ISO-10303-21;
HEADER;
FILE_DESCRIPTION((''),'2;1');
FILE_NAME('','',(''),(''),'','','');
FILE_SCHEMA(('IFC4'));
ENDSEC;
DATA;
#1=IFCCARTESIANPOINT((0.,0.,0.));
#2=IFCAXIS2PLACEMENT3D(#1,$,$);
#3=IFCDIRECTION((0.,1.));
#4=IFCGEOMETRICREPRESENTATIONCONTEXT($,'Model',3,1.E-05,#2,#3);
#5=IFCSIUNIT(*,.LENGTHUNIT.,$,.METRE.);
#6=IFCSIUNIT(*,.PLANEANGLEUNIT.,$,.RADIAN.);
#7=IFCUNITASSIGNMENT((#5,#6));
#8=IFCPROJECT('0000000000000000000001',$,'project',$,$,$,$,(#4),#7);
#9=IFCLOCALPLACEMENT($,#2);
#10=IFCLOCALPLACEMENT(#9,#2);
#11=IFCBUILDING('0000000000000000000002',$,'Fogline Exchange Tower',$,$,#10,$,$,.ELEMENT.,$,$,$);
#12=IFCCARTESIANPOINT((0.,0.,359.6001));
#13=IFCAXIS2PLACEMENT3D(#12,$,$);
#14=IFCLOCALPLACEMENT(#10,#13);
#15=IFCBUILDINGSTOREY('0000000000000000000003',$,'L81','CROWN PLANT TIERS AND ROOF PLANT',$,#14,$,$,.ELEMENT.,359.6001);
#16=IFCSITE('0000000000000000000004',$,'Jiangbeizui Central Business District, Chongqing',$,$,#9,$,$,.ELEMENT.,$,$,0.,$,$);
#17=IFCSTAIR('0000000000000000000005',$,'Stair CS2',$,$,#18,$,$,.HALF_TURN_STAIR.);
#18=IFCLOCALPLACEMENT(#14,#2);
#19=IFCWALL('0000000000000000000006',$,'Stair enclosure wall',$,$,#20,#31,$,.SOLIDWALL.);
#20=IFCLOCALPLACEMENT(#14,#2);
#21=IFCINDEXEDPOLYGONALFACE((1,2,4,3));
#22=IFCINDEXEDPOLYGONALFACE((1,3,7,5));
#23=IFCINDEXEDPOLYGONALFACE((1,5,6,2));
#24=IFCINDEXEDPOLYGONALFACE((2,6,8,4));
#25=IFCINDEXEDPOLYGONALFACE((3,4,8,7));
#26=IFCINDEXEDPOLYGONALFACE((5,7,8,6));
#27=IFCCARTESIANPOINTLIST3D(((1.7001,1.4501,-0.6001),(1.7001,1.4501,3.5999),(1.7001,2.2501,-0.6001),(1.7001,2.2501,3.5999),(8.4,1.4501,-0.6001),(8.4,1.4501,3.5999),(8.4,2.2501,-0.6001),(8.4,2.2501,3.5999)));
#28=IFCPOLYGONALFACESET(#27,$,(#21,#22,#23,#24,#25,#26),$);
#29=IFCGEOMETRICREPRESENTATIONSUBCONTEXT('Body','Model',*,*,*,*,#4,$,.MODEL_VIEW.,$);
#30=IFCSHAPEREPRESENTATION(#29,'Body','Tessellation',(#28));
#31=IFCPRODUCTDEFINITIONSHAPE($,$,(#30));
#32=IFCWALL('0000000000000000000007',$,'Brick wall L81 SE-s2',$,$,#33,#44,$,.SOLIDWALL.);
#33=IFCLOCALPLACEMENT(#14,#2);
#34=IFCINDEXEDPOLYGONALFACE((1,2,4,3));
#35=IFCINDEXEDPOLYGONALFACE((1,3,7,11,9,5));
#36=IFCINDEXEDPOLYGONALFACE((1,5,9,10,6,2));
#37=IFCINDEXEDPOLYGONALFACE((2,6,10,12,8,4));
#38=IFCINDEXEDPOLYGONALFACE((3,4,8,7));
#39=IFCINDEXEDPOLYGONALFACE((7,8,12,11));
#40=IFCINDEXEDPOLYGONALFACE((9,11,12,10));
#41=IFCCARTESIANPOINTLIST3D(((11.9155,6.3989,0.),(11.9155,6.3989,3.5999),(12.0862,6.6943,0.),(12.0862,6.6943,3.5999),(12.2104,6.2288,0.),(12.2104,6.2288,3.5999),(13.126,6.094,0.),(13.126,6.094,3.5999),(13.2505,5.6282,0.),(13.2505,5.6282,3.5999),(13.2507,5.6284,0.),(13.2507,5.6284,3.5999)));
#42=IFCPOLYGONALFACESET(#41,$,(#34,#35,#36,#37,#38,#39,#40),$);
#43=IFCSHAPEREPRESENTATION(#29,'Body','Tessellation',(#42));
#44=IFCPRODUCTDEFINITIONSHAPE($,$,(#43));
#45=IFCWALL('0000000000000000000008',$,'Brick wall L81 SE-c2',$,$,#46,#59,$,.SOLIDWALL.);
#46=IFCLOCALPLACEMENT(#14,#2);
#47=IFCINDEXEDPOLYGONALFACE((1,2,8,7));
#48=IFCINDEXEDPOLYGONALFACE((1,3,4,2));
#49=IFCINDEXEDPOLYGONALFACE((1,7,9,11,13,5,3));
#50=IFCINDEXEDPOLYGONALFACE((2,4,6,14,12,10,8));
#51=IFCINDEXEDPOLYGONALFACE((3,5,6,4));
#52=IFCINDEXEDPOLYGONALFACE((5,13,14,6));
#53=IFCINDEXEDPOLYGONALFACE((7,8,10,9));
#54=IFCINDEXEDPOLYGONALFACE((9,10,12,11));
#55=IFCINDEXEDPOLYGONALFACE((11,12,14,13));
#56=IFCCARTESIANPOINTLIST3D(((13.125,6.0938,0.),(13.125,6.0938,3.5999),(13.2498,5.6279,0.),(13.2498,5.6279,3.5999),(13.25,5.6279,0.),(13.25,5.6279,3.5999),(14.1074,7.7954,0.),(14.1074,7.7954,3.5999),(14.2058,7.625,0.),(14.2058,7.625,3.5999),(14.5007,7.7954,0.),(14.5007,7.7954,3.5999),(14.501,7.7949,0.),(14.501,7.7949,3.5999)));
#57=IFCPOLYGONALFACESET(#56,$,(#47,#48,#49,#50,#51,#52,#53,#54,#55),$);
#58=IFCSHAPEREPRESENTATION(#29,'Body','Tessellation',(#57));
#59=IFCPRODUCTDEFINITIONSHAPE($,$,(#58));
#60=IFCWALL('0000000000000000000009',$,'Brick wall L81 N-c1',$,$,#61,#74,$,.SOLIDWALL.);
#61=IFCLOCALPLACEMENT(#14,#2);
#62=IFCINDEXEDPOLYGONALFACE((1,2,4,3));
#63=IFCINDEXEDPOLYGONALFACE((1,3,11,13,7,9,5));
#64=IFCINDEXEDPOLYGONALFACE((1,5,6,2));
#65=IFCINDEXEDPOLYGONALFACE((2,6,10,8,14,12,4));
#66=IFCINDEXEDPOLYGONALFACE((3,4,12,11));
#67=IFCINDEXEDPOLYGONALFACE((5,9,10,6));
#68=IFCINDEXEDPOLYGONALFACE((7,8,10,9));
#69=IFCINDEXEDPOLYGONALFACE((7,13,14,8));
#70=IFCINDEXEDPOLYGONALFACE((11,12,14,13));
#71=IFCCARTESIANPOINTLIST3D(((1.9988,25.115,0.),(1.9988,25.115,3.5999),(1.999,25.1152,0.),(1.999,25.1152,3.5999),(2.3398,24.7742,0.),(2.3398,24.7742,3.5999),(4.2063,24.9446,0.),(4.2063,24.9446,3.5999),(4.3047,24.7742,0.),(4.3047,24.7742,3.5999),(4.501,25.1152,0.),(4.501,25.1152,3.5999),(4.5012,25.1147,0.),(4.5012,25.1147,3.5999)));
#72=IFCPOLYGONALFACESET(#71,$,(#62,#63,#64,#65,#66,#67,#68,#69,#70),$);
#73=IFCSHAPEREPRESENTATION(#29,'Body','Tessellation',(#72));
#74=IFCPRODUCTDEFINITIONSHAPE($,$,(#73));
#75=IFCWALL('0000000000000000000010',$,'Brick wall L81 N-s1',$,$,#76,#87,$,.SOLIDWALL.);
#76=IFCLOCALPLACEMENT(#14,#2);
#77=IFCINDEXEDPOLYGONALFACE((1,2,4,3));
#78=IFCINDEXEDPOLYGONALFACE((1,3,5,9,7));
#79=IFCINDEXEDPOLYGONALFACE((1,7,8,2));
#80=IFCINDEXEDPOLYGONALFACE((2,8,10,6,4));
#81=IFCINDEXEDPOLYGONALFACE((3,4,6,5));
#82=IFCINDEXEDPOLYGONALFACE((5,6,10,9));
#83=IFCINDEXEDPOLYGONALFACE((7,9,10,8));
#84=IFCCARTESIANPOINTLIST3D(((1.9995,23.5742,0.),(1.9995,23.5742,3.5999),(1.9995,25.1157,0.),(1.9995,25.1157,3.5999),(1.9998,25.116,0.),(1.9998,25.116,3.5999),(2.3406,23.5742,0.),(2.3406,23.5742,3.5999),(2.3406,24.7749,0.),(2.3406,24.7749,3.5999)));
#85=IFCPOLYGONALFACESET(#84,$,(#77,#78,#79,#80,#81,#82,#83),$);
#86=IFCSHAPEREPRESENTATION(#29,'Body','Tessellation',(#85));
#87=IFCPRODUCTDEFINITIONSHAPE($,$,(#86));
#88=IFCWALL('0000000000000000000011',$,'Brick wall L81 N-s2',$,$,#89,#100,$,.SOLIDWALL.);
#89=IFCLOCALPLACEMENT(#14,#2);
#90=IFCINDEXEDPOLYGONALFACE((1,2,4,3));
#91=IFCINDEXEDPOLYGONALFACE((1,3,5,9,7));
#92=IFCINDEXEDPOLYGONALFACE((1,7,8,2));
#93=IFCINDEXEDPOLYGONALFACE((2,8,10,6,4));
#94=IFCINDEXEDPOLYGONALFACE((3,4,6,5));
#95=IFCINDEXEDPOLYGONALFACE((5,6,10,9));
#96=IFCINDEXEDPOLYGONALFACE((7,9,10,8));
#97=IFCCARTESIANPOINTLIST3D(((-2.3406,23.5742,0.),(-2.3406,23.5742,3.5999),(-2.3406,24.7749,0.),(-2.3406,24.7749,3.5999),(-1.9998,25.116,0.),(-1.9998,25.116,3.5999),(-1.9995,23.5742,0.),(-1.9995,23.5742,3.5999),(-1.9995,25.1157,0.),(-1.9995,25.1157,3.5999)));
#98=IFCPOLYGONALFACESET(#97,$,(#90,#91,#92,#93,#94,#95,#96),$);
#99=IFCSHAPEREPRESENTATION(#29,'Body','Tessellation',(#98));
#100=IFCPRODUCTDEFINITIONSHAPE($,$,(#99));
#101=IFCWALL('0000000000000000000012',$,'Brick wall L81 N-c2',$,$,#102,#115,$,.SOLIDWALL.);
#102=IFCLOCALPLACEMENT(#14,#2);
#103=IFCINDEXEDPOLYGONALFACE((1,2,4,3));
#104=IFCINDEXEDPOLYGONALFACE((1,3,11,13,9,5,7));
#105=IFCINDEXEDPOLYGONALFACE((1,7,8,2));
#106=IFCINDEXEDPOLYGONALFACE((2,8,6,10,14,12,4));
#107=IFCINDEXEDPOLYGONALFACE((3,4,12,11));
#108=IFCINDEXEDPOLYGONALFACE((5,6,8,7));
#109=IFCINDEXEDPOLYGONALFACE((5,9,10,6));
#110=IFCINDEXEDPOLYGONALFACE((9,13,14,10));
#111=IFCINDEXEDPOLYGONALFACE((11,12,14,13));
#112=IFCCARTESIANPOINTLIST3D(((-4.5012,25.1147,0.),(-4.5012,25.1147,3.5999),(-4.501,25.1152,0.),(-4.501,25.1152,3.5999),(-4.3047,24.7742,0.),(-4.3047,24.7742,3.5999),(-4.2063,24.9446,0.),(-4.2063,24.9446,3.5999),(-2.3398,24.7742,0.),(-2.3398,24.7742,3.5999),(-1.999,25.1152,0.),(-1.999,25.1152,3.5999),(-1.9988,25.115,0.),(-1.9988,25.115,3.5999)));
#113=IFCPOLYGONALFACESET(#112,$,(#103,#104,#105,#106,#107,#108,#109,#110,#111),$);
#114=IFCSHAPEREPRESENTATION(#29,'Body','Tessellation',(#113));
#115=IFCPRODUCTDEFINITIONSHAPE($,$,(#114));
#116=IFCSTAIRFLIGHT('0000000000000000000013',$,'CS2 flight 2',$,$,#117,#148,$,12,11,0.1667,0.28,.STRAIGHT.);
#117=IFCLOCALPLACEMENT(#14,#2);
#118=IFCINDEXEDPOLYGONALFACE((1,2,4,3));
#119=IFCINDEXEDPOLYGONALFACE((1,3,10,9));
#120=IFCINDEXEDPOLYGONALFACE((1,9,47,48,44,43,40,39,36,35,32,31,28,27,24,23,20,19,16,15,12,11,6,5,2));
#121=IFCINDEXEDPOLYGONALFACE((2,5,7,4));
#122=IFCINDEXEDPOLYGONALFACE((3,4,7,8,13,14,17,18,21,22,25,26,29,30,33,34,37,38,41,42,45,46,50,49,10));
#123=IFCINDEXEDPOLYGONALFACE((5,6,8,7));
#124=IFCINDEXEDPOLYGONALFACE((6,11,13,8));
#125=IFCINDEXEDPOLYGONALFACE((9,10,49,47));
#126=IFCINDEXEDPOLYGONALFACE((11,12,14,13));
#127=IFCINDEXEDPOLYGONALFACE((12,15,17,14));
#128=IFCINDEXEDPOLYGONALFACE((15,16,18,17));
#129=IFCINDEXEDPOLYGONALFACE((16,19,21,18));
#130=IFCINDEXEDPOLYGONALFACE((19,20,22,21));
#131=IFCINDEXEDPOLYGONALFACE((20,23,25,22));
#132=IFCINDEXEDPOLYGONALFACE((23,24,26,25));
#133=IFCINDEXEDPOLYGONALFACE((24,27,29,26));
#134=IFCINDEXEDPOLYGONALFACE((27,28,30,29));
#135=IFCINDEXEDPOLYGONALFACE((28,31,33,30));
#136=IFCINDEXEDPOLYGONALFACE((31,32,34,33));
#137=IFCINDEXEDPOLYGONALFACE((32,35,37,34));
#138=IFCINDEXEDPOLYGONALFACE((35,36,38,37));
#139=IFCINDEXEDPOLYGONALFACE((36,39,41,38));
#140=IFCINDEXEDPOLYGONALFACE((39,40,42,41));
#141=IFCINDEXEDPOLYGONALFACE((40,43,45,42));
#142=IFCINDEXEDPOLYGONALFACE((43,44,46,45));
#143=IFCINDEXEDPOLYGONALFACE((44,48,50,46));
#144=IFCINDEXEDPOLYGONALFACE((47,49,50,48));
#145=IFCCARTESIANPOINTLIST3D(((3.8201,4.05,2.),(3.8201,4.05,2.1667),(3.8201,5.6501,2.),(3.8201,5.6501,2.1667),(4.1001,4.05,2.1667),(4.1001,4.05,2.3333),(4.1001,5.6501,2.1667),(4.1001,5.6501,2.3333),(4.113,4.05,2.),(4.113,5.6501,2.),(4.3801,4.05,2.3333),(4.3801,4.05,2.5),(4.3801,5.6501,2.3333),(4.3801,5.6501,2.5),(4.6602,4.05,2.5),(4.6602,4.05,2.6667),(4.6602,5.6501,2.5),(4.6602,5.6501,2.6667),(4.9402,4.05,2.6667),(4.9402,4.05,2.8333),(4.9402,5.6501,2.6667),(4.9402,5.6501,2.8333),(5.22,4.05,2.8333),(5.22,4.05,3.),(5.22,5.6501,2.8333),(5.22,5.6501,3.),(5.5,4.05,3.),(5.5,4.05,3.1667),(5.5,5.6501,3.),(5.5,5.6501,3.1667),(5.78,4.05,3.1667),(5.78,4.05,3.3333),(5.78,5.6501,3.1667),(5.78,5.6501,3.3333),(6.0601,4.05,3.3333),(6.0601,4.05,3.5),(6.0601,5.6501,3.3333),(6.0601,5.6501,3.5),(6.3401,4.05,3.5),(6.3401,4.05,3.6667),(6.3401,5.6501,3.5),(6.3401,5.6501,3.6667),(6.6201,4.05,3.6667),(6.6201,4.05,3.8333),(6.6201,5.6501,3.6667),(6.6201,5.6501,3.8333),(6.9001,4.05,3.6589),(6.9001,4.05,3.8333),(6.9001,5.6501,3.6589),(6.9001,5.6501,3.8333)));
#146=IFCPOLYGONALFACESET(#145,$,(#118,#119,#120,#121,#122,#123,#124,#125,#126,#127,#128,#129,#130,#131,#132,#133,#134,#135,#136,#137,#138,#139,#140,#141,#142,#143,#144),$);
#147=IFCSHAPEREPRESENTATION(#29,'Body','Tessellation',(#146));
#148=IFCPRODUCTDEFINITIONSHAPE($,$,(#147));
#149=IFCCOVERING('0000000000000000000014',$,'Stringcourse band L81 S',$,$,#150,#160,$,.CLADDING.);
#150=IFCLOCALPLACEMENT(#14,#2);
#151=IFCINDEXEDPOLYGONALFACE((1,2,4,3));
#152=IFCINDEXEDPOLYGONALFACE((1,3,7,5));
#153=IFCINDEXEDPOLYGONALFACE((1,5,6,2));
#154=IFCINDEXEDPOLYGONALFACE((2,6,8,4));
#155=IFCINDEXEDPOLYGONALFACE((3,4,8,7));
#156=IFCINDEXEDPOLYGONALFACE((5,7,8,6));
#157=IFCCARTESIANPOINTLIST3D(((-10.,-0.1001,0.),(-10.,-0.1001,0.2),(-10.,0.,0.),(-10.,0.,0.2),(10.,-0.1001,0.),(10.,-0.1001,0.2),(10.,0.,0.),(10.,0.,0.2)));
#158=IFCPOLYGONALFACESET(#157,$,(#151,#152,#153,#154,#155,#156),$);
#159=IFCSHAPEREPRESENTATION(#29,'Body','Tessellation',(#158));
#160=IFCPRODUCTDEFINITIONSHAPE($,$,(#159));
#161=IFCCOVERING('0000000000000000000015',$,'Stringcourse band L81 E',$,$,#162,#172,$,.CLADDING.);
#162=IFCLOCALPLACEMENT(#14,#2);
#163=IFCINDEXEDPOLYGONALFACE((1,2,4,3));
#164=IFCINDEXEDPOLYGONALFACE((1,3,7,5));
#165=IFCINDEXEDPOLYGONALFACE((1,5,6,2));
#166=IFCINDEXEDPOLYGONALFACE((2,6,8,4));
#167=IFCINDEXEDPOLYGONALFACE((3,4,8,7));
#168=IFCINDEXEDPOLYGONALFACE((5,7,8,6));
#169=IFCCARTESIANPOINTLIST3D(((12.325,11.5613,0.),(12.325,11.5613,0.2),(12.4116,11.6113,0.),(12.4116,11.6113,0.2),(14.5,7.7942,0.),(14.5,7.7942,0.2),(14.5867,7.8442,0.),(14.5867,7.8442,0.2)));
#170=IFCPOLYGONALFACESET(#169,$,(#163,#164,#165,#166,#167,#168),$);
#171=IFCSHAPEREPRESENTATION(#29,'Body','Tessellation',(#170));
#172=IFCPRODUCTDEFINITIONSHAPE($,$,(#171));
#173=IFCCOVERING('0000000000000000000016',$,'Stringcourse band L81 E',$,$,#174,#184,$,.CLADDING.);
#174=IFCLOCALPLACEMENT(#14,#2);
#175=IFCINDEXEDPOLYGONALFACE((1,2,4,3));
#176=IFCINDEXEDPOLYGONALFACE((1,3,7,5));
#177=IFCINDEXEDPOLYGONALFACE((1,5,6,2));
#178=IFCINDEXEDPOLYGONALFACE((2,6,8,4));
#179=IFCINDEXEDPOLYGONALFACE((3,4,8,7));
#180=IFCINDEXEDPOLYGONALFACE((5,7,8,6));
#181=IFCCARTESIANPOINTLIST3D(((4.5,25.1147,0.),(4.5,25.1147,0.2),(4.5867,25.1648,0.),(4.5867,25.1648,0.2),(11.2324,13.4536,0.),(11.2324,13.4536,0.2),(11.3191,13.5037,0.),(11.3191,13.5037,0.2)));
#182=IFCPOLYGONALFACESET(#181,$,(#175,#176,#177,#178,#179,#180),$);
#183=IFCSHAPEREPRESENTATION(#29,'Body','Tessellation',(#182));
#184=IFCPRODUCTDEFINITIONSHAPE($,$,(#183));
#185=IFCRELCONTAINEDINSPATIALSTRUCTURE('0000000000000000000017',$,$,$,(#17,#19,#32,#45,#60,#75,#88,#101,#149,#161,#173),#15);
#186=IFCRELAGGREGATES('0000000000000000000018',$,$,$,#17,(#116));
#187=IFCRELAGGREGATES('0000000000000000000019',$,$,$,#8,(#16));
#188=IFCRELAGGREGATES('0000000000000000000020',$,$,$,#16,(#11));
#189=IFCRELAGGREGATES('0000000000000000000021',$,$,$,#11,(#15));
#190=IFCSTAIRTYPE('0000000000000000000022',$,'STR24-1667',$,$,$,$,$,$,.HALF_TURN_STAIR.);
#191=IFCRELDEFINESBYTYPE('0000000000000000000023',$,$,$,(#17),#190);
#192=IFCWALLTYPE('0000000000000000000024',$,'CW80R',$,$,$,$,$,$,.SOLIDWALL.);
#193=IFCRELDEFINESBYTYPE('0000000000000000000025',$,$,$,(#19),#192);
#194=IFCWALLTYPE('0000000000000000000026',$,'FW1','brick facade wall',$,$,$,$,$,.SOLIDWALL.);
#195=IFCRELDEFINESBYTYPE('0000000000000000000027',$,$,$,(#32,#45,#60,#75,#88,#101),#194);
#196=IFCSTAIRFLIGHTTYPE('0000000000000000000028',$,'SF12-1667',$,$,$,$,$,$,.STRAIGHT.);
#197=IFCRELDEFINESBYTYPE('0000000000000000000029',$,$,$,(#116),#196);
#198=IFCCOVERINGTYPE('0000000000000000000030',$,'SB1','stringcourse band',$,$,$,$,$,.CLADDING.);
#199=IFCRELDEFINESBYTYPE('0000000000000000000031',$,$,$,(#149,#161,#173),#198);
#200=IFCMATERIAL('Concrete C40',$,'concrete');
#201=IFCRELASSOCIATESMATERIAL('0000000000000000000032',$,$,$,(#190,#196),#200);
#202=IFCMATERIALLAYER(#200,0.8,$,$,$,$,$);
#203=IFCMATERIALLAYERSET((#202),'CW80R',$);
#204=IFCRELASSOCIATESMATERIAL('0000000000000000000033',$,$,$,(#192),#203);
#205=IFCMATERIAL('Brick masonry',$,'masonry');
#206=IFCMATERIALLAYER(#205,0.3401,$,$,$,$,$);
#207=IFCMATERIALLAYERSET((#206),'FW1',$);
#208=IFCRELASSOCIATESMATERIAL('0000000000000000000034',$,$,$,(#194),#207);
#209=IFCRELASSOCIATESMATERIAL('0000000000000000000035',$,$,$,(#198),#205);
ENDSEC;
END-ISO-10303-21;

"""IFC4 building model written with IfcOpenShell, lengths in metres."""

from ifc_helpers import new_model, si_unit, direction, frame, frame_2d, origin, place, context, subcontext, project, spatial, polyline, rectangle, outline, extrude, material, layer, layer_set, type_object, element, aggregate, save


model = new_model("IFC4")

# Units and contexts
model_context = context("Model", 3, precision=1e-05, world=origin(), true_north=direction((0.0, 1.0)))
body_context = subcontext(model_context, "Body", "Model", "MODEL_VIEW")
ifc_project = project(units=[si_unit("LENGTHUNIT", "METRE"), si_unit("PLANEANGLEUNIT", "RADIAN")], contexts=[model_context])

# Site, building, storey
site_placement = place(None, origin())
site = spatial("IfcSite", under=ifc_project, at=site_placement, Name="Jiangbeizui Central Business District, Chongqing", CompositionType="ELEMENT", RefElevation=0.0)
building_placement = place(site_placement, origin())
building = spatial("IfcBuilding", under=site, at=building_placement, Name="Fogline Exchange Tower", CompositionType="ELEMENT")
storey_placement = place(building_placement, frame((0.0, 0.0, 359.6001)))
storey = spatial("IfcBuildingStorey", under=building, at=storey_placement, Name="L81", Description="CROWN PLANT TIERS AND ROOF PLANT", CompositionType="ELEMENT", Elevation=359.6001)

# Shared definitions
ifc_material_1 = material(Name="Concrete C40", Category="concrete")

# Stair
stair_type = type_object("IfcStairType", Name="STR24-1667", PredefinedType="HALF_TURN_STAIR", material=ifc_material_1)
stair_1_placement = place(storey_placement, origin())
stair_1 = element("IfcStair", 1, at=stair_1_placement, inside=storey, type_object=stair_type, Name="Stair CS2", PredefinedType="HALF_TURN_STAIR")

# Walls
ifc_layer_1 = layer(ifc_material_1, 0.8)
ifc_layer_set_1 = layer_set([ifc_layer_1], Name="CW80R")
wall_type_1 = type_object("IfcWallType", Name="CW80R", PredefinedType="SOLIDWALL", material=ifc_layer_set_1)
wall_1_placement = place(storey_placement, frame((1.7, 1.8501, -0.6001), z_axis=(0.0, 0.0, 1.0), x_axis=(1.0, 0.0, 0.0)))
element("IfcWall", 2, at=wall_1_placement, inside=storey, type_object=wall_type_1, Name="Stair enclosure wall", PredefinedType="SOLIDWALL", context=body_context, shape_type="SweptSolid", body=[
    extrude(rectangle(XDim=6.7, YDim=0.8, at=frame_2d((3.3501, 0.0))), origin(), (0.0, 0.0, 1.0), 4.2),
])
ifc_material_2 = material(Name="Brick masonry", Category="masonry")
ifc_layer_2 = layer(ifc_material_2, 0.3401)
ifc_layer_set_2 = layer_set([ifc_layer_2], Name="FW1")
wall_type_2 = type_object("IfcWallType", Name="FW1", Description="brick facade wall", PredefinedType="SOLIDWALL", material=ifc_layer_set_2)
wall_2_placement = place(storey_placement, origin())
element("IfcWall", 3, at=wall_2_placement, inside=storey, type_object=wall_type_2, Name="Brick wall L81 SE-s2", PredefinedType="SOLIDWALL", context=body_context, shape_type="SweptSolid", body=[
    extrude(outline(polyline([(13.2505, 5.6282), (12.2104, 6.2288), (11.9155, 6.3989), (12.0862, 6.6943), (13.126, 6.094), (13.2507, 5.6284), (13.2505, 5.6282)])), origin(), (0.0, 0.0, 1.0), 3.5999),
])
wall_3_placement = place(storey_placement, origin())
element("IfcWall", 4, at=wall_3_placement, inside=storey, type_object=wall_type_2, Name="Brick wall L81 SE-c2", PredefinedType="SOLIDWALL", context=body_context, shape_type="SweptSolid", body=[
    extrude(outline(polyline([(14.1074, 7.7954), (14.2058, 7.625), (14.5007, 7.7954), (14.501, 7.7949), (13.25, 5.6279), (13.2498, 5.6279), (13.125, 6.0938), (14.1074, 7.7954)])), origin(), (0.0, 0.0, 1.0), 3.5999),
])
wall_4_placement = place(storey_placement, origin())
element("IfcWall", 5, at=wall_4_placement, inside=storey, type_object=wall_type_2, Name="Brick wall L81 N-c1", PredefinedType="SOLIDWALL", context=body_context, shape_type="SweptSolid", body=[
    extrude(outline(polyline([(1.999, 25.1152), (4.501, 25.1152), (4.5012, 25.1147), (4.2063, 24.9446), (4.3047, 24.7742), (2.3398, 24.7742), (1.9988, 25.115), (1.999, 25.1152)])), origin(), (0.0, 0.0, 1.0), 3.5999),
])
wall_5_placement = place(storey_placement, origin())
element("IfcWall", 6, at=wall_5_placement, inside=storey, type_object=wall_type_2, Name="Brick wall L81 N-s1", PredefinedType="SOLIDWALL", context=body_context, shape_type="SweptSolid", body=[
    extrude(outline(polyline([(2.3406, 23.5742), (1.9995, 23.5742), (1.9995, 25.1157), (1.9998, 25.116), (2.3406, 24.7749), (2.3406, 23.5742)])), origin(), (0.0, 0.0, 1.0), 3.5999),
])
wall_6_placement = place(storey_placement, origin())
element("IfcWall", 7, at=wall_6_placement, inside=storey, type_object=wall_type_2, Name="Brick wall L81 N-s2", PredefinedType="SOLIDWALL", context=body_context, shape_type="SweptSolid", body=[
    extrude(outline(polyline([(-1.9995, 25.1157), (-1.9995, 23.5742), (-2.3406, 23.5742), (-2.3406, 24.7749), (-1.9998, 25.116), (-1.9995, 25.1157)])), origin(), (0.0, 0.0, 1.0), 3.5999),
])
wall_7_placement = place(storey_placement, origin())
element("IfcWall", 8, at=wall_7_placement, inside=storey, type_object=wall_type_2, Name="Brick wall L81 N-c2", PredefinedType="SOLIDWALL", context=body_context, shape_type="SweptSolid", body=[
    extrude(outline(polyline([(-4.3047, 24.7742), (-4.2063, 24.9446), (-4.5012, 25.1147), (-4.501, 25.1152), (-1.999, 25.1152), (-1.9988, 25.115), (-2.3398, 24.7742), (-4.3047, 24.7742)])), origin(), (0.0, 0.0, 1.0), 3.5999),
])

# Stair flight
stair_flight_type = type_object("IfcStairFlightType", Name="SF12-1667", PredefinedType="STRAIGHT", material=ifc_material_1)
stair_flight_placement = place(storey_placement, frame((3.8201, 4.8501, 2.0), z_axis=(0.0, 0.0, 1.0), x_axis=(1.0, 0.0, 0.0)))
stair_flight = element("IfcStairFlight", 9, at=stair_flight_placement, type_object=stair_flight_type, Name="CS2 flight 2", NumberOfRisers=12, NumberOfTreads=11, PredefinedType="STRAIGHT", RiserHeight=0.1667, TreadLength=0.28, context=body_context, shape_type="SweptSolid", body=[
    extrude(outline(polyline([(0.0, 0.0), (0.0, 0.1667), (0.28, 0.1667), (0.28, 0.3333), (0.5601, 0.3333), (0.5601, 0.5), (0.8401, 0.5), (0.8401, 0.6667), (1.1201, 0.6667), (1.1201, 0.8333), (1.3999, 0.8333), (1.3999, 1.0), (1.6799, 1.0), (1.6799, 1.1667), (1.96, 1.1667), (1.96, 1.3333), (2.24, 1.3333), (2.24, 1.5), (2.52, 1.5), (2.52, 1.6667), (2.8, 1.6667), (2.8, 1.8333), (3.0801, 1.8333), (3.0801, 2.0), (3.0801, 1.6589), (0.293, 0.0), (0.0, 0.0)])), frame((0.0, 0.8, 0.0), z_axis=(0.0, -1.0, 0.0), x_axis=(1.0, 0.0, 0.0)), (0.0, 0.0, 1.0), 1.6001),
])
aggregate(stair_1, [stair_flight])

# Coverings
covering_type = type_object("IfcCoveringType", Name="SB1", Description="stringcourse band", PredefinedType="CLADDING", material=ifc_material_2)
covering_1_placement = place(storey_placement, origin())
element("IfcCovering", 10, at=covering_1_placement, inside=storey, type_object=covering_type, Name="Stringcourse band L81 S", PredefinedType="CLADDING", context=body_context, shape_type="SweptSolid", body=[
    extrude(outline(polyline([(-10.0, 0.0), (-10.0, -0.1001), (10.0, -0.1001), (10.0, 0.0), (-10.0, 0.0)])), origin(), (0.0, 0.0, 1.0), 0.2),
])
covering_2_placement = place(storey_placement, origin())
element("IfcCovering", 11, at=covering_2_placement, inside=storey, type_object=covering_type, Name="Stringcourse band L81 E", PredefinedType="CLADDING", context=body_context, shape_type="SweptSolid", body=[
    extrude(outline(polyline([(14.5, 7.7942), (14.5867, 7.8442), (12.4116, 11.6113), (12.325, 11.5613), (14.5, 7.7942)])), origin(), (0.0, 0.0, 1.0), 0.2),
])
covering_3_placement = place(storey_placement, origin())
element("IfcCovering", 12, at=covering_3_placement, inside=storey, type_object=covering_type, Name="Stringcourse band L81 E", PredefinedType="CLADDING", context=body_context, shape_type="SweptSolid", body=[
    extrude(outline(polyline([(11.2324, 13.4536), (11.3191, 13.5037), (4.5867, 25.1648), (4.5, 25.1147), (11.2324, 13.4536)])), origin(), (0.0, 0.0, 1.0), 0.2),
])

save(model, "model.ifc")
